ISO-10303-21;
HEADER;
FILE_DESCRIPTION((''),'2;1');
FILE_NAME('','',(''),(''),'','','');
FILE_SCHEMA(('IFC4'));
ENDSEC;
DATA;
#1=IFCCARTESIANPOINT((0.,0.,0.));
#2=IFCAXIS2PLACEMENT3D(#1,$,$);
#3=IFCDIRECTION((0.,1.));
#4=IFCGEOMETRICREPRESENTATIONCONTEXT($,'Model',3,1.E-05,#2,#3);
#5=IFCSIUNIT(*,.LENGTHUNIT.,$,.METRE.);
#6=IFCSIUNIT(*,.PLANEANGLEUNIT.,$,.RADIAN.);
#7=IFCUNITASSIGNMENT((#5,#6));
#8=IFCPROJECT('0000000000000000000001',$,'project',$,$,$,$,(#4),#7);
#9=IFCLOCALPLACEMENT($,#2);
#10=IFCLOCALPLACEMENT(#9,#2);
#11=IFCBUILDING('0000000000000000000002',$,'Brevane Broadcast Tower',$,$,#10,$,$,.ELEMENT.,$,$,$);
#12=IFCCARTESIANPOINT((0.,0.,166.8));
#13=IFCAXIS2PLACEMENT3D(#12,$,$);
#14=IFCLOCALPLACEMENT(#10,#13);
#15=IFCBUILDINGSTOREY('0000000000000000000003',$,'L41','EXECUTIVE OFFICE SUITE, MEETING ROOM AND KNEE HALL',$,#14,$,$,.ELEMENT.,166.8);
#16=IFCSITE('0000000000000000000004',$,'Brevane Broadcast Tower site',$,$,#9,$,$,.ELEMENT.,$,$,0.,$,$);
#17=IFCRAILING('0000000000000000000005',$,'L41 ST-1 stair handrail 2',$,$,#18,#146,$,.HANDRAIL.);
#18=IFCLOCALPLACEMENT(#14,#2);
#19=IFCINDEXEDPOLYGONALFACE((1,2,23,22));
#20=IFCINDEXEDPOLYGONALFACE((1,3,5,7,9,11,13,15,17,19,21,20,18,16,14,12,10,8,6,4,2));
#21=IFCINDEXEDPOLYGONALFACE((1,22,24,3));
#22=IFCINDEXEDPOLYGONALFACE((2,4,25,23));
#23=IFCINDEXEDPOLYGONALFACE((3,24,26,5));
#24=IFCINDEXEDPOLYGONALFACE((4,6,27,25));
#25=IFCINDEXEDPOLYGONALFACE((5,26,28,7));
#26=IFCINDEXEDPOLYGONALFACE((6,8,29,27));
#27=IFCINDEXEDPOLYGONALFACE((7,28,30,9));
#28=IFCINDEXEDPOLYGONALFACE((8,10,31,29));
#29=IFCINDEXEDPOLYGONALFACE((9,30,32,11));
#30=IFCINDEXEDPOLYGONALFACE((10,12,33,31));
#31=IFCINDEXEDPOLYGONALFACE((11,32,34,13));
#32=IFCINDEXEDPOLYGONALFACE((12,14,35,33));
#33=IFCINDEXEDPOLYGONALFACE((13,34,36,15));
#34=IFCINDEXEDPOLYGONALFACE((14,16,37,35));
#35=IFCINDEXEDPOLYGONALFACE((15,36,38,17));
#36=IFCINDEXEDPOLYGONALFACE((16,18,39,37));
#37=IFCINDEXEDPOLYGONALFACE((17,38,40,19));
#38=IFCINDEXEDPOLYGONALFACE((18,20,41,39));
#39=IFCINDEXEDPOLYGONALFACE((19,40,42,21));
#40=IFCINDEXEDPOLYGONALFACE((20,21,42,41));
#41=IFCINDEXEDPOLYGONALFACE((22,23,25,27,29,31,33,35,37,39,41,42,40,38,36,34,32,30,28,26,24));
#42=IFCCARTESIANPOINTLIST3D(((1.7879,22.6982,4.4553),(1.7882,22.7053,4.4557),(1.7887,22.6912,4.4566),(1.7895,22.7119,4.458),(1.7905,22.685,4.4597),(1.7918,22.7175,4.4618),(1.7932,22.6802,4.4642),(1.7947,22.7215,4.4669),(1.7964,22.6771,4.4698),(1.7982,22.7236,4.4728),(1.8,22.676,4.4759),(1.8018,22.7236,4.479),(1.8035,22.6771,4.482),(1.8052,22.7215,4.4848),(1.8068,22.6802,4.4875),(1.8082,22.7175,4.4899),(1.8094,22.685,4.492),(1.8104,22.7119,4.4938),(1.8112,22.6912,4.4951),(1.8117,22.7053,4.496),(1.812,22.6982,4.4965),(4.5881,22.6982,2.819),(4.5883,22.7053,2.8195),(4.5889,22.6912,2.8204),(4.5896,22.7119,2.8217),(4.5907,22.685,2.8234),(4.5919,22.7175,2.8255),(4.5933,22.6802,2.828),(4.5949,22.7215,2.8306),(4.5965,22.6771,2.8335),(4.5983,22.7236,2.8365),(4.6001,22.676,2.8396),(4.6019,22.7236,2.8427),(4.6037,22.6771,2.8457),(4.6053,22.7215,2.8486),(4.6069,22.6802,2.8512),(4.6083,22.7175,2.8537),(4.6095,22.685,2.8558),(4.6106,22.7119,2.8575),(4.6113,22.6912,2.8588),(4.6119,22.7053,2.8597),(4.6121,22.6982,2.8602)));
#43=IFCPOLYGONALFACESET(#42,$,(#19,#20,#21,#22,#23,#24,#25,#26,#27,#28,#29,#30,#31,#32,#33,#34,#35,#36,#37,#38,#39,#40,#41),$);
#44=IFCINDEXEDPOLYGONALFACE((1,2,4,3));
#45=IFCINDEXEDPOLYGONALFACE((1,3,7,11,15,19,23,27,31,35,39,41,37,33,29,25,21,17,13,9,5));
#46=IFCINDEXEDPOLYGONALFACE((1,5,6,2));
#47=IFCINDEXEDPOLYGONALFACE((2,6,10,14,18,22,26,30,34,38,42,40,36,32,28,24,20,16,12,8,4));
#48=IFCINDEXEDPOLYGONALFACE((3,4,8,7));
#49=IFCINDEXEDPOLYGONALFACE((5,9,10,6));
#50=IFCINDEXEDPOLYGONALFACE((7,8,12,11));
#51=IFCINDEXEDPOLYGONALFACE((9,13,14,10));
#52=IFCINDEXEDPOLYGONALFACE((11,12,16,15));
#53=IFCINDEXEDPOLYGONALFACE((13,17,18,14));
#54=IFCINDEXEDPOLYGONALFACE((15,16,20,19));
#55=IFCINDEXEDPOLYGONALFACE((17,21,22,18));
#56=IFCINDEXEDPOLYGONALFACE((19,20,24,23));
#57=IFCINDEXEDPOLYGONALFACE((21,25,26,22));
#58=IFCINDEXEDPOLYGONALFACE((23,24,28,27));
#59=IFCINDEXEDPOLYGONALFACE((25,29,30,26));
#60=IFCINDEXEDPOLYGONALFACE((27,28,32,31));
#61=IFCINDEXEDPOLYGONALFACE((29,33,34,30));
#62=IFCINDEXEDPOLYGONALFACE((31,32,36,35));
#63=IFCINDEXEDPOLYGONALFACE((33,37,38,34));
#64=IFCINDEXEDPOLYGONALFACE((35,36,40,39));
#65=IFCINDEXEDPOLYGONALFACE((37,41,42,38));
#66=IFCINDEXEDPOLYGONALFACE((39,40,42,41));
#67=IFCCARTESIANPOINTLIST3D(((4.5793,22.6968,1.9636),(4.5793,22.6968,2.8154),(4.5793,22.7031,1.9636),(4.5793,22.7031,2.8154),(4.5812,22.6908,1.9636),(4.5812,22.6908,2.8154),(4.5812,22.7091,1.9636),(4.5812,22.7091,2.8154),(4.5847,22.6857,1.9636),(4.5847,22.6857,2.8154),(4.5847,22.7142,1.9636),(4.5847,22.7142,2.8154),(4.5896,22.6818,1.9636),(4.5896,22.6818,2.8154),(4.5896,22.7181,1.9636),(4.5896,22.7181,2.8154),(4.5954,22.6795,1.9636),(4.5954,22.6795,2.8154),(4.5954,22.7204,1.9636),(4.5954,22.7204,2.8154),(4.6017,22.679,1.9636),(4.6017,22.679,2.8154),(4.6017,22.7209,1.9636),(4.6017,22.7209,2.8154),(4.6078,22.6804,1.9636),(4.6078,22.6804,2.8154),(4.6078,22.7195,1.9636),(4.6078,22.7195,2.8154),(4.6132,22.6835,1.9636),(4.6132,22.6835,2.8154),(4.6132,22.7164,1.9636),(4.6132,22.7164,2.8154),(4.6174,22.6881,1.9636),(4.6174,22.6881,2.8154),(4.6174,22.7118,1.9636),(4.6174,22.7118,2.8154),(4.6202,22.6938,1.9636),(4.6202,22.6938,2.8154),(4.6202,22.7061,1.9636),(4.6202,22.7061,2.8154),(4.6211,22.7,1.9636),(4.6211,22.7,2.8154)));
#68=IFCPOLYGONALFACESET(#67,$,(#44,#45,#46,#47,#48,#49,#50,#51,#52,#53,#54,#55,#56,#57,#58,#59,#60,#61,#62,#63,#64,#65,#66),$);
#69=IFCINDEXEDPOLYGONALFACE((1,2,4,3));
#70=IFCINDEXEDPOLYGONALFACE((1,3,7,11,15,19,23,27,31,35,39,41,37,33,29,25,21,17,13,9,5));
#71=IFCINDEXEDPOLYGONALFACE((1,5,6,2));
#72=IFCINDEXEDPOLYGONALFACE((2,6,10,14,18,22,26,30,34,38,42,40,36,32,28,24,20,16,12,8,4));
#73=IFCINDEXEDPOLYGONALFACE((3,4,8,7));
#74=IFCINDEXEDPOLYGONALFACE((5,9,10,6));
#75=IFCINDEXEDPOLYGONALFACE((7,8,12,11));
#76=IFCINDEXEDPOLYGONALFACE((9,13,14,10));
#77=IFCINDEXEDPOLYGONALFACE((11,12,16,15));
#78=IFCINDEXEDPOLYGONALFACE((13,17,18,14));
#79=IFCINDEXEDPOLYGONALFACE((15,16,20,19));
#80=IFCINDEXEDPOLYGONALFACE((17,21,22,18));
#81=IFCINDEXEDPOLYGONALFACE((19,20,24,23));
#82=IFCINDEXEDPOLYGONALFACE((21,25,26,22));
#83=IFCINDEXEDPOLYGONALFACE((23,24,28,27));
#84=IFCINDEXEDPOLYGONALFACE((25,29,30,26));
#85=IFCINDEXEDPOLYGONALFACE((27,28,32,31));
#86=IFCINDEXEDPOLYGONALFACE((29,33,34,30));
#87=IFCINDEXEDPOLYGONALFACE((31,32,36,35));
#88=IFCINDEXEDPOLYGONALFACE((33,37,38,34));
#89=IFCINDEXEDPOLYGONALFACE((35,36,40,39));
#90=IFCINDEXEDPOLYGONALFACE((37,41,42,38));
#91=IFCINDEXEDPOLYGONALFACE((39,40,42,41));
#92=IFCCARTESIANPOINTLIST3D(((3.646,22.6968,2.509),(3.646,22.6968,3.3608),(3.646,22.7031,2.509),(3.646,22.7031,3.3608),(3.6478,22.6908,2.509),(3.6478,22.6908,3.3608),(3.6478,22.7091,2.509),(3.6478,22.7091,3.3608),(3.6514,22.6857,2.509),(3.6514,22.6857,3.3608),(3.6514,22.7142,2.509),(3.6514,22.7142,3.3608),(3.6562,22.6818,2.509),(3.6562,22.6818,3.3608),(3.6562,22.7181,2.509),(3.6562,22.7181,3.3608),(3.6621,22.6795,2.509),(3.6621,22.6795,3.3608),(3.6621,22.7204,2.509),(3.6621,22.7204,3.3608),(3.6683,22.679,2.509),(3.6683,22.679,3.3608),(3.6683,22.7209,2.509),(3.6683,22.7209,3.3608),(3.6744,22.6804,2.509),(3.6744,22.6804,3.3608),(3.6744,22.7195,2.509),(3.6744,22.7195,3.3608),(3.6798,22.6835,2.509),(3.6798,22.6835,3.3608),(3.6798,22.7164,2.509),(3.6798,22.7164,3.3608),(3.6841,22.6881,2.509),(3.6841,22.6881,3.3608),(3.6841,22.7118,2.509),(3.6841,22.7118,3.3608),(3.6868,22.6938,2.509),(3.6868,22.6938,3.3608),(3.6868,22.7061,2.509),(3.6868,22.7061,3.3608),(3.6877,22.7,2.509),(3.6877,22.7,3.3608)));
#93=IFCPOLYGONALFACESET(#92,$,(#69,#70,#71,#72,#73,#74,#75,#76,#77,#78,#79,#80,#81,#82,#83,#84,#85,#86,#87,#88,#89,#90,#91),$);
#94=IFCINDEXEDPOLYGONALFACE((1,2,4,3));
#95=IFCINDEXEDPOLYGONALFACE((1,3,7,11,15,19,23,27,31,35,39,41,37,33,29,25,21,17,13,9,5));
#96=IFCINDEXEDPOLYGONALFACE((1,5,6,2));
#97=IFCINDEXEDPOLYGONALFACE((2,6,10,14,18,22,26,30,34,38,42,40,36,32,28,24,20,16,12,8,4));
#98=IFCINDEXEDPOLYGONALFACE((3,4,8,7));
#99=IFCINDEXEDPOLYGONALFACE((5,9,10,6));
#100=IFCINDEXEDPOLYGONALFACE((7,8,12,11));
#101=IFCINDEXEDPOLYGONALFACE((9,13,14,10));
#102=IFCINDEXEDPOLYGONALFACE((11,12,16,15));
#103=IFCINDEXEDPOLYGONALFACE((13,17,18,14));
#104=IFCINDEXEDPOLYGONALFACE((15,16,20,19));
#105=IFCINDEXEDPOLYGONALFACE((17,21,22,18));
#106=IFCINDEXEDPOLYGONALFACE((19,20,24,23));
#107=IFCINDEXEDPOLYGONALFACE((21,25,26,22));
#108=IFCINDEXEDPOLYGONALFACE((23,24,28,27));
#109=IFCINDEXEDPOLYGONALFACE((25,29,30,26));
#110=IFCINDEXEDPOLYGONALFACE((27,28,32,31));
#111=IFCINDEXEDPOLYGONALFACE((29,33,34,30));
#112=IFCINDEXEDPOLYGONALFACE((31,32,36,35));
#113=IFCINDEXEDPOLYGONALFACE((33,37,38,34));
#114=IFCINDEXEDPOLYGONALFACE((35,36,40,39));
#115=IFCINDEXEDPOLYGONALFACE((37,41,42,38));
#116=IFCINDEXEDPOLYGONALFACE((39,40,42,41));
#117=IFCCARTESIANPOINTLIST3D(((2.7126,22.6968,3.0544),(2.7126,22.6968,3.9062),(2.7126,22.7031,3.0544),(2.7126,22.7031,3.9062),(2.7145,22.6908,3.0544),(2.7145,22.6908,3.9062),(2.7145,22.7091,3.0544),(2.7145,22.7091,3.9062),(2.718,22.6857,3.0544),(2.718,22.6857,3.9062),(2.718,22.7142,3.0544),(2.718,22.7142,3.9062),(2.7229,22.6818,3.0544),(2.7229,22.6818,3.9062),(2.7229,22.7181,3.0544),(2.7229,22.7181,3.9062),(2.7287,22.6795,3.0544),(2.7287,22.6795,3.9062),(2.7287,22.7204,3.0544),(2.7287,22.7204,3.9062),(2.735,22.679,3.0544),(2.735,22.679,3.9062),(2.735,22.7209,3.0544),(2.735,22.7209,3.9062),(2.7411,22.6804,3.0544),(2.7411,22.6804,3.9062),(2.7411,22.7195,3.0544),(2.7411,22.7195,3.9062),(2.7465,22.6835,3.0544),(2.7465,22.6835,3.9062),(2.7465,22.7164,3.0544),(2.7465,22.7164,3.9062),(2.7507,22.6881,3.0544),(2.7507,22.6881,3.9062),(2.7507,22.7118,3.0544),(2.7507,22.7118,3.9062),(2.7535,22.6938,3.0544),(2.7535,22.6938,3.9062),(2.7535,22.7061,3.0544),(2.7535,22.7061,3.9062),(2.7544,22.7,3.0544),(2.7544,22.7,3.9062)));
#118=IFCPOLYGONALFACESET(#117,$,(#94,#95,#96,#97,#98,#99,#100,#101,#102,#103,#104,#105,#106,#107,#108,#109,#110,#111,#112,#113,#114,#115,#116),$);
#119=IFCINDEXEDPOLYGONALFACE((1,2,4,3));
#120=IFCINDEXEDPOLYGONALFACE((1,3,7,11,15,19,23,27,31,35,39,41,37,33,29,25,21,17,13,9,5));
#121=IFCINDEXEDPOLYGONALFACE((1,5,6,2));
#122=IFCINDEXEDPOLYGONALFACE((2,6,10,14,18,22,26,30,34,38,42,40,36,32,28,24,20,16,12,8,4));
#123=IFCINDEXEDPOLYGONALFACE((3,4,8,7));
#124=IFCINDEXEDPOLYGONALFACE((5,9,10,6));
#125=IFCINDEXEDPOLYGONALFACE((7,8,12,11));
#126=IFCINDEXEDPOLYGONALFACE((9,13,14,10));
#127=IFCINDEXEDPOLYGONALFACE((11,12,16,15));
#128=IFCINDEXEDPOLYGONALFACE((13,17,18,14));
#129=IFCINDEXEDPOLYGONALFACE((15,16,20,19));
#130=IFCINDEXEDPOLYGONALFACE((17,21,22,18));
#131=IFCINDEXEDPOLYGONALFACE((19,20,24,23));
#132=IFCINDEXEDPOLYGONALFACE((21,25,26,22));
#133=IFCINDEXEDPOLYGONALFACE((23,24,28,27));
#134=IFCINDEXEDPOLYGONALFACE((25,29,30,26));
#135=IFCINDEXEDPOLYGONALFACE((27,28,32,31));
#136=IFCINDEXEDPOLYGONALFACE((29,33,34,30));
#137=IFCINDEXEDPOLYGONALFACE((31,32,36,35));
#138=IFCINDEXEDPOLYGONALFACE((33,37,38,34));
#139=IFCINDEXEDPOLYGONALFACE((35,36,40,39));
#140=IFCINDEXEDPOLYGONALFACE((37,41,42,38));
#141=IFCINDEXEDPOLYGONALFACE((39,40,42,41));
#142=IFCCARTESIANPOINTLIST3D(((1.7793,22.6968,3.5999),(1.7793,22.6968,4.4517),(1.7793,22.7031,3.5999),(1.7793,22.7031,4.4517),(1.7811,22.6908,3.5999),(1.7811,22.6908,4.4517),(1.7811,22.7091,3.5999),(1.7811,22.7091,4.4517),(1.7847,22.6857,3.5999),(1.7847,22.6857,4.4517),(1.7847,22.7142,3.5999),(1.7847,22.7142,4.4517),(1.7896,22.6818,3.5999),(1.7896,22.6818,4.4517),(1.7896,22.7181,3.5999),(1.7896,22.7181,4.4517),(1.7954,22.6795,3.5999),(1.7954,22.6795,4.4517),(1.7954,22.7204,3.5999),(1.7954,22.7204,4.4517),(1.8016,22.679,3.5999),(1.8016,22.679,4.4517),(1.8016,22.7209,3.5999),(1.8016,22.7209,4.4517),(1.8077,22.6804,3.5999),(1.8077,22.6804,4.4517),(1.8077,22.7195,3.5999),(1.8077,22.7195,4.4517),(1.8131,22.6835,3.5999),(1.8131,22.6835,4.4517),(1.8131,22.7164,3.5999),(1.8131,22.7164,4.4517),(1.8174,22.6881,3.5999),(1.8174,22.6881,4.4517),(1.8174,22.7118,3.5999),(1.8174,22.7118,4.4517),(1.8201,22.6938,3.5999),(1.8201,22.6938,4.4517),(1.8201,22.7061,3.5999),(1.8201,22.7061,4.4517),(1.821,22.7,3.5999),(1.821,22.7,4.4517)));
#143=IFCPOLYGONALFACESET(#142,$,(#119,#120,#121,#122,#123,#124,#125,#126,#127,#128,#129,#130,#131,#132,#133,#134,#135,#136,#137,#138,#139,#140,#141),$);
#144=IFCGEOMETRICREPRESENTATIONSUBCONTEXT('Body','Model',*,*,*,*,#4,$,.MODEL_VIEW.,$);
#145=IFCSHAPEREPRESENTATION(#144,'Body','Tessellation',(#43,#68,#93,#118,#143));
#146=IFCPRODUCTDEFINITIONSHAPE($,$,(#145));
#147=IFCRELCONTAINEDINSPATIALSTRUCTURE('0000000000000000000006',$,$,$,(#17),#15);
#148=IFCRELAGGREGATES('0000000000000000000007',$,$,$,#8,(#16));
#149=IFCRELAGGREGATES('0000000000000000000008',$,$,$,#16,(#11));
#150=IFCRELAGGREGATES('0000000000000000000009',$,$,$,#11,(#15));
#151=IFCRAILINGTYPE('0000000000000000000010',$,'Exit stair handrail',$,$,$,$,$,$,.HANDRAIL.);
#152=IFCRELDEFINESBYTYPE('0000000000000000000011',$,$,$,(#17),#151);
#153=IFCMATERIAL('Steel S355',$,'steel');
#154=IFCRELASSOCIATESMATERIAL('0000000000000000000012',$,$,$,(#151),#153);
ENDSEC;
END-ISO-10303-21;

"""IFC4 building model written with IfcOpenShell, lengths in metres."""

from ifc_helpers import new_model, si_unit, direction, frame, origin, origin_2d, place, context, subcontext, project, spatial, circle, extrude, material, type_object, element, save


model = new_model("IFC4")

# Units and contexts
model_context = context("Model", 3, precision=1e-05, world=origin(), true_north=direction((0.0, 1.0)))
body_context = subcontext(model_context, "Body", "Model", "MODEL_VIEW")
ifc_project = project(units=[si_unit("LENGTHUNIT", "METRE"), si_unit("PLANEANGLEUNIT", "RADIAN")], contexts=[model_context])

# Site, building, storey
site_placement = place(None, origin())
site = spatial("IfcSite", under=ifc_project, at=site_placement, Name="Brevane Broadcast Tower site", CompositionType="ELEMENT", RefElevation=0.0)
building_placement = place(site_placement, origin())
building = spatial("IfcBuilding", under=site, at=building_placement, Name="Brevane Broadcast Tower", CompositionType="ELEMENT")
storey_placement = place(building_placement, frame((0.0, 0.0, 166.8)))
storey = spatial("IfcBuildingStorey", under=building, at=storey_placement, Name="L41", Description="EXECUTIVE OFFICE SUITE, MEETING ROOM AND KNEE HALL", CompositionType="ELEMENT", Elevation=166.8)

# Railing
ifc_material_1 = material(Name="Steel S355", Category="steel")
railing_type_1 = type_object("IfcRailingType", Name="Exit stair handrail", PredefinedType="HANDRAIL", material=ifc_material_1)
railing_1_placement = place(storey_placement, frame((4.6001, 22.7, 1.9636)))
element("IfcRailing", 1, at=railing_1_placement, inside=storey, type_object=railing_type_1, Name="L41 ST-1 stair handrail 2", PredefinedType="HANDRAIL", context=body_context, shape_type="SweptSolid", body=[
    extrude(circle(Radius=0.0239, at=origin_2d()), frame((0.0, 0.0, 0.876), z_axis=(-0.863394, 0.0, 0.504531), x_axis=(0.0, -1.0, 0.0)), (0.0, 0.0, 1.0), 3.2432),
    extrude(circle(Radius=0.021, at=origin_2d()), origin(), (0.0, 0.0, 1.0), 0.8518),
    extrude(circle(Radius=0.021, at=origin_2d()), frame((-0.9333, 0.0, 0.5454)), (0.0, 0.0, 1.0), 0.8518),
    extrude(circle(Radius=0.021, at=origin_2d()), frame((-1.8667, 0.0, 1.0908)), (0.0, 0.0, 1.0), 0.8518),
    extrude(circle(Radius=0.021, at=origin_2d()), frame((-2.8, 0.0, 1.6362)), (0.0, 0.0, 1.0), 0.8518),
])

save(model, "model.ifc")
